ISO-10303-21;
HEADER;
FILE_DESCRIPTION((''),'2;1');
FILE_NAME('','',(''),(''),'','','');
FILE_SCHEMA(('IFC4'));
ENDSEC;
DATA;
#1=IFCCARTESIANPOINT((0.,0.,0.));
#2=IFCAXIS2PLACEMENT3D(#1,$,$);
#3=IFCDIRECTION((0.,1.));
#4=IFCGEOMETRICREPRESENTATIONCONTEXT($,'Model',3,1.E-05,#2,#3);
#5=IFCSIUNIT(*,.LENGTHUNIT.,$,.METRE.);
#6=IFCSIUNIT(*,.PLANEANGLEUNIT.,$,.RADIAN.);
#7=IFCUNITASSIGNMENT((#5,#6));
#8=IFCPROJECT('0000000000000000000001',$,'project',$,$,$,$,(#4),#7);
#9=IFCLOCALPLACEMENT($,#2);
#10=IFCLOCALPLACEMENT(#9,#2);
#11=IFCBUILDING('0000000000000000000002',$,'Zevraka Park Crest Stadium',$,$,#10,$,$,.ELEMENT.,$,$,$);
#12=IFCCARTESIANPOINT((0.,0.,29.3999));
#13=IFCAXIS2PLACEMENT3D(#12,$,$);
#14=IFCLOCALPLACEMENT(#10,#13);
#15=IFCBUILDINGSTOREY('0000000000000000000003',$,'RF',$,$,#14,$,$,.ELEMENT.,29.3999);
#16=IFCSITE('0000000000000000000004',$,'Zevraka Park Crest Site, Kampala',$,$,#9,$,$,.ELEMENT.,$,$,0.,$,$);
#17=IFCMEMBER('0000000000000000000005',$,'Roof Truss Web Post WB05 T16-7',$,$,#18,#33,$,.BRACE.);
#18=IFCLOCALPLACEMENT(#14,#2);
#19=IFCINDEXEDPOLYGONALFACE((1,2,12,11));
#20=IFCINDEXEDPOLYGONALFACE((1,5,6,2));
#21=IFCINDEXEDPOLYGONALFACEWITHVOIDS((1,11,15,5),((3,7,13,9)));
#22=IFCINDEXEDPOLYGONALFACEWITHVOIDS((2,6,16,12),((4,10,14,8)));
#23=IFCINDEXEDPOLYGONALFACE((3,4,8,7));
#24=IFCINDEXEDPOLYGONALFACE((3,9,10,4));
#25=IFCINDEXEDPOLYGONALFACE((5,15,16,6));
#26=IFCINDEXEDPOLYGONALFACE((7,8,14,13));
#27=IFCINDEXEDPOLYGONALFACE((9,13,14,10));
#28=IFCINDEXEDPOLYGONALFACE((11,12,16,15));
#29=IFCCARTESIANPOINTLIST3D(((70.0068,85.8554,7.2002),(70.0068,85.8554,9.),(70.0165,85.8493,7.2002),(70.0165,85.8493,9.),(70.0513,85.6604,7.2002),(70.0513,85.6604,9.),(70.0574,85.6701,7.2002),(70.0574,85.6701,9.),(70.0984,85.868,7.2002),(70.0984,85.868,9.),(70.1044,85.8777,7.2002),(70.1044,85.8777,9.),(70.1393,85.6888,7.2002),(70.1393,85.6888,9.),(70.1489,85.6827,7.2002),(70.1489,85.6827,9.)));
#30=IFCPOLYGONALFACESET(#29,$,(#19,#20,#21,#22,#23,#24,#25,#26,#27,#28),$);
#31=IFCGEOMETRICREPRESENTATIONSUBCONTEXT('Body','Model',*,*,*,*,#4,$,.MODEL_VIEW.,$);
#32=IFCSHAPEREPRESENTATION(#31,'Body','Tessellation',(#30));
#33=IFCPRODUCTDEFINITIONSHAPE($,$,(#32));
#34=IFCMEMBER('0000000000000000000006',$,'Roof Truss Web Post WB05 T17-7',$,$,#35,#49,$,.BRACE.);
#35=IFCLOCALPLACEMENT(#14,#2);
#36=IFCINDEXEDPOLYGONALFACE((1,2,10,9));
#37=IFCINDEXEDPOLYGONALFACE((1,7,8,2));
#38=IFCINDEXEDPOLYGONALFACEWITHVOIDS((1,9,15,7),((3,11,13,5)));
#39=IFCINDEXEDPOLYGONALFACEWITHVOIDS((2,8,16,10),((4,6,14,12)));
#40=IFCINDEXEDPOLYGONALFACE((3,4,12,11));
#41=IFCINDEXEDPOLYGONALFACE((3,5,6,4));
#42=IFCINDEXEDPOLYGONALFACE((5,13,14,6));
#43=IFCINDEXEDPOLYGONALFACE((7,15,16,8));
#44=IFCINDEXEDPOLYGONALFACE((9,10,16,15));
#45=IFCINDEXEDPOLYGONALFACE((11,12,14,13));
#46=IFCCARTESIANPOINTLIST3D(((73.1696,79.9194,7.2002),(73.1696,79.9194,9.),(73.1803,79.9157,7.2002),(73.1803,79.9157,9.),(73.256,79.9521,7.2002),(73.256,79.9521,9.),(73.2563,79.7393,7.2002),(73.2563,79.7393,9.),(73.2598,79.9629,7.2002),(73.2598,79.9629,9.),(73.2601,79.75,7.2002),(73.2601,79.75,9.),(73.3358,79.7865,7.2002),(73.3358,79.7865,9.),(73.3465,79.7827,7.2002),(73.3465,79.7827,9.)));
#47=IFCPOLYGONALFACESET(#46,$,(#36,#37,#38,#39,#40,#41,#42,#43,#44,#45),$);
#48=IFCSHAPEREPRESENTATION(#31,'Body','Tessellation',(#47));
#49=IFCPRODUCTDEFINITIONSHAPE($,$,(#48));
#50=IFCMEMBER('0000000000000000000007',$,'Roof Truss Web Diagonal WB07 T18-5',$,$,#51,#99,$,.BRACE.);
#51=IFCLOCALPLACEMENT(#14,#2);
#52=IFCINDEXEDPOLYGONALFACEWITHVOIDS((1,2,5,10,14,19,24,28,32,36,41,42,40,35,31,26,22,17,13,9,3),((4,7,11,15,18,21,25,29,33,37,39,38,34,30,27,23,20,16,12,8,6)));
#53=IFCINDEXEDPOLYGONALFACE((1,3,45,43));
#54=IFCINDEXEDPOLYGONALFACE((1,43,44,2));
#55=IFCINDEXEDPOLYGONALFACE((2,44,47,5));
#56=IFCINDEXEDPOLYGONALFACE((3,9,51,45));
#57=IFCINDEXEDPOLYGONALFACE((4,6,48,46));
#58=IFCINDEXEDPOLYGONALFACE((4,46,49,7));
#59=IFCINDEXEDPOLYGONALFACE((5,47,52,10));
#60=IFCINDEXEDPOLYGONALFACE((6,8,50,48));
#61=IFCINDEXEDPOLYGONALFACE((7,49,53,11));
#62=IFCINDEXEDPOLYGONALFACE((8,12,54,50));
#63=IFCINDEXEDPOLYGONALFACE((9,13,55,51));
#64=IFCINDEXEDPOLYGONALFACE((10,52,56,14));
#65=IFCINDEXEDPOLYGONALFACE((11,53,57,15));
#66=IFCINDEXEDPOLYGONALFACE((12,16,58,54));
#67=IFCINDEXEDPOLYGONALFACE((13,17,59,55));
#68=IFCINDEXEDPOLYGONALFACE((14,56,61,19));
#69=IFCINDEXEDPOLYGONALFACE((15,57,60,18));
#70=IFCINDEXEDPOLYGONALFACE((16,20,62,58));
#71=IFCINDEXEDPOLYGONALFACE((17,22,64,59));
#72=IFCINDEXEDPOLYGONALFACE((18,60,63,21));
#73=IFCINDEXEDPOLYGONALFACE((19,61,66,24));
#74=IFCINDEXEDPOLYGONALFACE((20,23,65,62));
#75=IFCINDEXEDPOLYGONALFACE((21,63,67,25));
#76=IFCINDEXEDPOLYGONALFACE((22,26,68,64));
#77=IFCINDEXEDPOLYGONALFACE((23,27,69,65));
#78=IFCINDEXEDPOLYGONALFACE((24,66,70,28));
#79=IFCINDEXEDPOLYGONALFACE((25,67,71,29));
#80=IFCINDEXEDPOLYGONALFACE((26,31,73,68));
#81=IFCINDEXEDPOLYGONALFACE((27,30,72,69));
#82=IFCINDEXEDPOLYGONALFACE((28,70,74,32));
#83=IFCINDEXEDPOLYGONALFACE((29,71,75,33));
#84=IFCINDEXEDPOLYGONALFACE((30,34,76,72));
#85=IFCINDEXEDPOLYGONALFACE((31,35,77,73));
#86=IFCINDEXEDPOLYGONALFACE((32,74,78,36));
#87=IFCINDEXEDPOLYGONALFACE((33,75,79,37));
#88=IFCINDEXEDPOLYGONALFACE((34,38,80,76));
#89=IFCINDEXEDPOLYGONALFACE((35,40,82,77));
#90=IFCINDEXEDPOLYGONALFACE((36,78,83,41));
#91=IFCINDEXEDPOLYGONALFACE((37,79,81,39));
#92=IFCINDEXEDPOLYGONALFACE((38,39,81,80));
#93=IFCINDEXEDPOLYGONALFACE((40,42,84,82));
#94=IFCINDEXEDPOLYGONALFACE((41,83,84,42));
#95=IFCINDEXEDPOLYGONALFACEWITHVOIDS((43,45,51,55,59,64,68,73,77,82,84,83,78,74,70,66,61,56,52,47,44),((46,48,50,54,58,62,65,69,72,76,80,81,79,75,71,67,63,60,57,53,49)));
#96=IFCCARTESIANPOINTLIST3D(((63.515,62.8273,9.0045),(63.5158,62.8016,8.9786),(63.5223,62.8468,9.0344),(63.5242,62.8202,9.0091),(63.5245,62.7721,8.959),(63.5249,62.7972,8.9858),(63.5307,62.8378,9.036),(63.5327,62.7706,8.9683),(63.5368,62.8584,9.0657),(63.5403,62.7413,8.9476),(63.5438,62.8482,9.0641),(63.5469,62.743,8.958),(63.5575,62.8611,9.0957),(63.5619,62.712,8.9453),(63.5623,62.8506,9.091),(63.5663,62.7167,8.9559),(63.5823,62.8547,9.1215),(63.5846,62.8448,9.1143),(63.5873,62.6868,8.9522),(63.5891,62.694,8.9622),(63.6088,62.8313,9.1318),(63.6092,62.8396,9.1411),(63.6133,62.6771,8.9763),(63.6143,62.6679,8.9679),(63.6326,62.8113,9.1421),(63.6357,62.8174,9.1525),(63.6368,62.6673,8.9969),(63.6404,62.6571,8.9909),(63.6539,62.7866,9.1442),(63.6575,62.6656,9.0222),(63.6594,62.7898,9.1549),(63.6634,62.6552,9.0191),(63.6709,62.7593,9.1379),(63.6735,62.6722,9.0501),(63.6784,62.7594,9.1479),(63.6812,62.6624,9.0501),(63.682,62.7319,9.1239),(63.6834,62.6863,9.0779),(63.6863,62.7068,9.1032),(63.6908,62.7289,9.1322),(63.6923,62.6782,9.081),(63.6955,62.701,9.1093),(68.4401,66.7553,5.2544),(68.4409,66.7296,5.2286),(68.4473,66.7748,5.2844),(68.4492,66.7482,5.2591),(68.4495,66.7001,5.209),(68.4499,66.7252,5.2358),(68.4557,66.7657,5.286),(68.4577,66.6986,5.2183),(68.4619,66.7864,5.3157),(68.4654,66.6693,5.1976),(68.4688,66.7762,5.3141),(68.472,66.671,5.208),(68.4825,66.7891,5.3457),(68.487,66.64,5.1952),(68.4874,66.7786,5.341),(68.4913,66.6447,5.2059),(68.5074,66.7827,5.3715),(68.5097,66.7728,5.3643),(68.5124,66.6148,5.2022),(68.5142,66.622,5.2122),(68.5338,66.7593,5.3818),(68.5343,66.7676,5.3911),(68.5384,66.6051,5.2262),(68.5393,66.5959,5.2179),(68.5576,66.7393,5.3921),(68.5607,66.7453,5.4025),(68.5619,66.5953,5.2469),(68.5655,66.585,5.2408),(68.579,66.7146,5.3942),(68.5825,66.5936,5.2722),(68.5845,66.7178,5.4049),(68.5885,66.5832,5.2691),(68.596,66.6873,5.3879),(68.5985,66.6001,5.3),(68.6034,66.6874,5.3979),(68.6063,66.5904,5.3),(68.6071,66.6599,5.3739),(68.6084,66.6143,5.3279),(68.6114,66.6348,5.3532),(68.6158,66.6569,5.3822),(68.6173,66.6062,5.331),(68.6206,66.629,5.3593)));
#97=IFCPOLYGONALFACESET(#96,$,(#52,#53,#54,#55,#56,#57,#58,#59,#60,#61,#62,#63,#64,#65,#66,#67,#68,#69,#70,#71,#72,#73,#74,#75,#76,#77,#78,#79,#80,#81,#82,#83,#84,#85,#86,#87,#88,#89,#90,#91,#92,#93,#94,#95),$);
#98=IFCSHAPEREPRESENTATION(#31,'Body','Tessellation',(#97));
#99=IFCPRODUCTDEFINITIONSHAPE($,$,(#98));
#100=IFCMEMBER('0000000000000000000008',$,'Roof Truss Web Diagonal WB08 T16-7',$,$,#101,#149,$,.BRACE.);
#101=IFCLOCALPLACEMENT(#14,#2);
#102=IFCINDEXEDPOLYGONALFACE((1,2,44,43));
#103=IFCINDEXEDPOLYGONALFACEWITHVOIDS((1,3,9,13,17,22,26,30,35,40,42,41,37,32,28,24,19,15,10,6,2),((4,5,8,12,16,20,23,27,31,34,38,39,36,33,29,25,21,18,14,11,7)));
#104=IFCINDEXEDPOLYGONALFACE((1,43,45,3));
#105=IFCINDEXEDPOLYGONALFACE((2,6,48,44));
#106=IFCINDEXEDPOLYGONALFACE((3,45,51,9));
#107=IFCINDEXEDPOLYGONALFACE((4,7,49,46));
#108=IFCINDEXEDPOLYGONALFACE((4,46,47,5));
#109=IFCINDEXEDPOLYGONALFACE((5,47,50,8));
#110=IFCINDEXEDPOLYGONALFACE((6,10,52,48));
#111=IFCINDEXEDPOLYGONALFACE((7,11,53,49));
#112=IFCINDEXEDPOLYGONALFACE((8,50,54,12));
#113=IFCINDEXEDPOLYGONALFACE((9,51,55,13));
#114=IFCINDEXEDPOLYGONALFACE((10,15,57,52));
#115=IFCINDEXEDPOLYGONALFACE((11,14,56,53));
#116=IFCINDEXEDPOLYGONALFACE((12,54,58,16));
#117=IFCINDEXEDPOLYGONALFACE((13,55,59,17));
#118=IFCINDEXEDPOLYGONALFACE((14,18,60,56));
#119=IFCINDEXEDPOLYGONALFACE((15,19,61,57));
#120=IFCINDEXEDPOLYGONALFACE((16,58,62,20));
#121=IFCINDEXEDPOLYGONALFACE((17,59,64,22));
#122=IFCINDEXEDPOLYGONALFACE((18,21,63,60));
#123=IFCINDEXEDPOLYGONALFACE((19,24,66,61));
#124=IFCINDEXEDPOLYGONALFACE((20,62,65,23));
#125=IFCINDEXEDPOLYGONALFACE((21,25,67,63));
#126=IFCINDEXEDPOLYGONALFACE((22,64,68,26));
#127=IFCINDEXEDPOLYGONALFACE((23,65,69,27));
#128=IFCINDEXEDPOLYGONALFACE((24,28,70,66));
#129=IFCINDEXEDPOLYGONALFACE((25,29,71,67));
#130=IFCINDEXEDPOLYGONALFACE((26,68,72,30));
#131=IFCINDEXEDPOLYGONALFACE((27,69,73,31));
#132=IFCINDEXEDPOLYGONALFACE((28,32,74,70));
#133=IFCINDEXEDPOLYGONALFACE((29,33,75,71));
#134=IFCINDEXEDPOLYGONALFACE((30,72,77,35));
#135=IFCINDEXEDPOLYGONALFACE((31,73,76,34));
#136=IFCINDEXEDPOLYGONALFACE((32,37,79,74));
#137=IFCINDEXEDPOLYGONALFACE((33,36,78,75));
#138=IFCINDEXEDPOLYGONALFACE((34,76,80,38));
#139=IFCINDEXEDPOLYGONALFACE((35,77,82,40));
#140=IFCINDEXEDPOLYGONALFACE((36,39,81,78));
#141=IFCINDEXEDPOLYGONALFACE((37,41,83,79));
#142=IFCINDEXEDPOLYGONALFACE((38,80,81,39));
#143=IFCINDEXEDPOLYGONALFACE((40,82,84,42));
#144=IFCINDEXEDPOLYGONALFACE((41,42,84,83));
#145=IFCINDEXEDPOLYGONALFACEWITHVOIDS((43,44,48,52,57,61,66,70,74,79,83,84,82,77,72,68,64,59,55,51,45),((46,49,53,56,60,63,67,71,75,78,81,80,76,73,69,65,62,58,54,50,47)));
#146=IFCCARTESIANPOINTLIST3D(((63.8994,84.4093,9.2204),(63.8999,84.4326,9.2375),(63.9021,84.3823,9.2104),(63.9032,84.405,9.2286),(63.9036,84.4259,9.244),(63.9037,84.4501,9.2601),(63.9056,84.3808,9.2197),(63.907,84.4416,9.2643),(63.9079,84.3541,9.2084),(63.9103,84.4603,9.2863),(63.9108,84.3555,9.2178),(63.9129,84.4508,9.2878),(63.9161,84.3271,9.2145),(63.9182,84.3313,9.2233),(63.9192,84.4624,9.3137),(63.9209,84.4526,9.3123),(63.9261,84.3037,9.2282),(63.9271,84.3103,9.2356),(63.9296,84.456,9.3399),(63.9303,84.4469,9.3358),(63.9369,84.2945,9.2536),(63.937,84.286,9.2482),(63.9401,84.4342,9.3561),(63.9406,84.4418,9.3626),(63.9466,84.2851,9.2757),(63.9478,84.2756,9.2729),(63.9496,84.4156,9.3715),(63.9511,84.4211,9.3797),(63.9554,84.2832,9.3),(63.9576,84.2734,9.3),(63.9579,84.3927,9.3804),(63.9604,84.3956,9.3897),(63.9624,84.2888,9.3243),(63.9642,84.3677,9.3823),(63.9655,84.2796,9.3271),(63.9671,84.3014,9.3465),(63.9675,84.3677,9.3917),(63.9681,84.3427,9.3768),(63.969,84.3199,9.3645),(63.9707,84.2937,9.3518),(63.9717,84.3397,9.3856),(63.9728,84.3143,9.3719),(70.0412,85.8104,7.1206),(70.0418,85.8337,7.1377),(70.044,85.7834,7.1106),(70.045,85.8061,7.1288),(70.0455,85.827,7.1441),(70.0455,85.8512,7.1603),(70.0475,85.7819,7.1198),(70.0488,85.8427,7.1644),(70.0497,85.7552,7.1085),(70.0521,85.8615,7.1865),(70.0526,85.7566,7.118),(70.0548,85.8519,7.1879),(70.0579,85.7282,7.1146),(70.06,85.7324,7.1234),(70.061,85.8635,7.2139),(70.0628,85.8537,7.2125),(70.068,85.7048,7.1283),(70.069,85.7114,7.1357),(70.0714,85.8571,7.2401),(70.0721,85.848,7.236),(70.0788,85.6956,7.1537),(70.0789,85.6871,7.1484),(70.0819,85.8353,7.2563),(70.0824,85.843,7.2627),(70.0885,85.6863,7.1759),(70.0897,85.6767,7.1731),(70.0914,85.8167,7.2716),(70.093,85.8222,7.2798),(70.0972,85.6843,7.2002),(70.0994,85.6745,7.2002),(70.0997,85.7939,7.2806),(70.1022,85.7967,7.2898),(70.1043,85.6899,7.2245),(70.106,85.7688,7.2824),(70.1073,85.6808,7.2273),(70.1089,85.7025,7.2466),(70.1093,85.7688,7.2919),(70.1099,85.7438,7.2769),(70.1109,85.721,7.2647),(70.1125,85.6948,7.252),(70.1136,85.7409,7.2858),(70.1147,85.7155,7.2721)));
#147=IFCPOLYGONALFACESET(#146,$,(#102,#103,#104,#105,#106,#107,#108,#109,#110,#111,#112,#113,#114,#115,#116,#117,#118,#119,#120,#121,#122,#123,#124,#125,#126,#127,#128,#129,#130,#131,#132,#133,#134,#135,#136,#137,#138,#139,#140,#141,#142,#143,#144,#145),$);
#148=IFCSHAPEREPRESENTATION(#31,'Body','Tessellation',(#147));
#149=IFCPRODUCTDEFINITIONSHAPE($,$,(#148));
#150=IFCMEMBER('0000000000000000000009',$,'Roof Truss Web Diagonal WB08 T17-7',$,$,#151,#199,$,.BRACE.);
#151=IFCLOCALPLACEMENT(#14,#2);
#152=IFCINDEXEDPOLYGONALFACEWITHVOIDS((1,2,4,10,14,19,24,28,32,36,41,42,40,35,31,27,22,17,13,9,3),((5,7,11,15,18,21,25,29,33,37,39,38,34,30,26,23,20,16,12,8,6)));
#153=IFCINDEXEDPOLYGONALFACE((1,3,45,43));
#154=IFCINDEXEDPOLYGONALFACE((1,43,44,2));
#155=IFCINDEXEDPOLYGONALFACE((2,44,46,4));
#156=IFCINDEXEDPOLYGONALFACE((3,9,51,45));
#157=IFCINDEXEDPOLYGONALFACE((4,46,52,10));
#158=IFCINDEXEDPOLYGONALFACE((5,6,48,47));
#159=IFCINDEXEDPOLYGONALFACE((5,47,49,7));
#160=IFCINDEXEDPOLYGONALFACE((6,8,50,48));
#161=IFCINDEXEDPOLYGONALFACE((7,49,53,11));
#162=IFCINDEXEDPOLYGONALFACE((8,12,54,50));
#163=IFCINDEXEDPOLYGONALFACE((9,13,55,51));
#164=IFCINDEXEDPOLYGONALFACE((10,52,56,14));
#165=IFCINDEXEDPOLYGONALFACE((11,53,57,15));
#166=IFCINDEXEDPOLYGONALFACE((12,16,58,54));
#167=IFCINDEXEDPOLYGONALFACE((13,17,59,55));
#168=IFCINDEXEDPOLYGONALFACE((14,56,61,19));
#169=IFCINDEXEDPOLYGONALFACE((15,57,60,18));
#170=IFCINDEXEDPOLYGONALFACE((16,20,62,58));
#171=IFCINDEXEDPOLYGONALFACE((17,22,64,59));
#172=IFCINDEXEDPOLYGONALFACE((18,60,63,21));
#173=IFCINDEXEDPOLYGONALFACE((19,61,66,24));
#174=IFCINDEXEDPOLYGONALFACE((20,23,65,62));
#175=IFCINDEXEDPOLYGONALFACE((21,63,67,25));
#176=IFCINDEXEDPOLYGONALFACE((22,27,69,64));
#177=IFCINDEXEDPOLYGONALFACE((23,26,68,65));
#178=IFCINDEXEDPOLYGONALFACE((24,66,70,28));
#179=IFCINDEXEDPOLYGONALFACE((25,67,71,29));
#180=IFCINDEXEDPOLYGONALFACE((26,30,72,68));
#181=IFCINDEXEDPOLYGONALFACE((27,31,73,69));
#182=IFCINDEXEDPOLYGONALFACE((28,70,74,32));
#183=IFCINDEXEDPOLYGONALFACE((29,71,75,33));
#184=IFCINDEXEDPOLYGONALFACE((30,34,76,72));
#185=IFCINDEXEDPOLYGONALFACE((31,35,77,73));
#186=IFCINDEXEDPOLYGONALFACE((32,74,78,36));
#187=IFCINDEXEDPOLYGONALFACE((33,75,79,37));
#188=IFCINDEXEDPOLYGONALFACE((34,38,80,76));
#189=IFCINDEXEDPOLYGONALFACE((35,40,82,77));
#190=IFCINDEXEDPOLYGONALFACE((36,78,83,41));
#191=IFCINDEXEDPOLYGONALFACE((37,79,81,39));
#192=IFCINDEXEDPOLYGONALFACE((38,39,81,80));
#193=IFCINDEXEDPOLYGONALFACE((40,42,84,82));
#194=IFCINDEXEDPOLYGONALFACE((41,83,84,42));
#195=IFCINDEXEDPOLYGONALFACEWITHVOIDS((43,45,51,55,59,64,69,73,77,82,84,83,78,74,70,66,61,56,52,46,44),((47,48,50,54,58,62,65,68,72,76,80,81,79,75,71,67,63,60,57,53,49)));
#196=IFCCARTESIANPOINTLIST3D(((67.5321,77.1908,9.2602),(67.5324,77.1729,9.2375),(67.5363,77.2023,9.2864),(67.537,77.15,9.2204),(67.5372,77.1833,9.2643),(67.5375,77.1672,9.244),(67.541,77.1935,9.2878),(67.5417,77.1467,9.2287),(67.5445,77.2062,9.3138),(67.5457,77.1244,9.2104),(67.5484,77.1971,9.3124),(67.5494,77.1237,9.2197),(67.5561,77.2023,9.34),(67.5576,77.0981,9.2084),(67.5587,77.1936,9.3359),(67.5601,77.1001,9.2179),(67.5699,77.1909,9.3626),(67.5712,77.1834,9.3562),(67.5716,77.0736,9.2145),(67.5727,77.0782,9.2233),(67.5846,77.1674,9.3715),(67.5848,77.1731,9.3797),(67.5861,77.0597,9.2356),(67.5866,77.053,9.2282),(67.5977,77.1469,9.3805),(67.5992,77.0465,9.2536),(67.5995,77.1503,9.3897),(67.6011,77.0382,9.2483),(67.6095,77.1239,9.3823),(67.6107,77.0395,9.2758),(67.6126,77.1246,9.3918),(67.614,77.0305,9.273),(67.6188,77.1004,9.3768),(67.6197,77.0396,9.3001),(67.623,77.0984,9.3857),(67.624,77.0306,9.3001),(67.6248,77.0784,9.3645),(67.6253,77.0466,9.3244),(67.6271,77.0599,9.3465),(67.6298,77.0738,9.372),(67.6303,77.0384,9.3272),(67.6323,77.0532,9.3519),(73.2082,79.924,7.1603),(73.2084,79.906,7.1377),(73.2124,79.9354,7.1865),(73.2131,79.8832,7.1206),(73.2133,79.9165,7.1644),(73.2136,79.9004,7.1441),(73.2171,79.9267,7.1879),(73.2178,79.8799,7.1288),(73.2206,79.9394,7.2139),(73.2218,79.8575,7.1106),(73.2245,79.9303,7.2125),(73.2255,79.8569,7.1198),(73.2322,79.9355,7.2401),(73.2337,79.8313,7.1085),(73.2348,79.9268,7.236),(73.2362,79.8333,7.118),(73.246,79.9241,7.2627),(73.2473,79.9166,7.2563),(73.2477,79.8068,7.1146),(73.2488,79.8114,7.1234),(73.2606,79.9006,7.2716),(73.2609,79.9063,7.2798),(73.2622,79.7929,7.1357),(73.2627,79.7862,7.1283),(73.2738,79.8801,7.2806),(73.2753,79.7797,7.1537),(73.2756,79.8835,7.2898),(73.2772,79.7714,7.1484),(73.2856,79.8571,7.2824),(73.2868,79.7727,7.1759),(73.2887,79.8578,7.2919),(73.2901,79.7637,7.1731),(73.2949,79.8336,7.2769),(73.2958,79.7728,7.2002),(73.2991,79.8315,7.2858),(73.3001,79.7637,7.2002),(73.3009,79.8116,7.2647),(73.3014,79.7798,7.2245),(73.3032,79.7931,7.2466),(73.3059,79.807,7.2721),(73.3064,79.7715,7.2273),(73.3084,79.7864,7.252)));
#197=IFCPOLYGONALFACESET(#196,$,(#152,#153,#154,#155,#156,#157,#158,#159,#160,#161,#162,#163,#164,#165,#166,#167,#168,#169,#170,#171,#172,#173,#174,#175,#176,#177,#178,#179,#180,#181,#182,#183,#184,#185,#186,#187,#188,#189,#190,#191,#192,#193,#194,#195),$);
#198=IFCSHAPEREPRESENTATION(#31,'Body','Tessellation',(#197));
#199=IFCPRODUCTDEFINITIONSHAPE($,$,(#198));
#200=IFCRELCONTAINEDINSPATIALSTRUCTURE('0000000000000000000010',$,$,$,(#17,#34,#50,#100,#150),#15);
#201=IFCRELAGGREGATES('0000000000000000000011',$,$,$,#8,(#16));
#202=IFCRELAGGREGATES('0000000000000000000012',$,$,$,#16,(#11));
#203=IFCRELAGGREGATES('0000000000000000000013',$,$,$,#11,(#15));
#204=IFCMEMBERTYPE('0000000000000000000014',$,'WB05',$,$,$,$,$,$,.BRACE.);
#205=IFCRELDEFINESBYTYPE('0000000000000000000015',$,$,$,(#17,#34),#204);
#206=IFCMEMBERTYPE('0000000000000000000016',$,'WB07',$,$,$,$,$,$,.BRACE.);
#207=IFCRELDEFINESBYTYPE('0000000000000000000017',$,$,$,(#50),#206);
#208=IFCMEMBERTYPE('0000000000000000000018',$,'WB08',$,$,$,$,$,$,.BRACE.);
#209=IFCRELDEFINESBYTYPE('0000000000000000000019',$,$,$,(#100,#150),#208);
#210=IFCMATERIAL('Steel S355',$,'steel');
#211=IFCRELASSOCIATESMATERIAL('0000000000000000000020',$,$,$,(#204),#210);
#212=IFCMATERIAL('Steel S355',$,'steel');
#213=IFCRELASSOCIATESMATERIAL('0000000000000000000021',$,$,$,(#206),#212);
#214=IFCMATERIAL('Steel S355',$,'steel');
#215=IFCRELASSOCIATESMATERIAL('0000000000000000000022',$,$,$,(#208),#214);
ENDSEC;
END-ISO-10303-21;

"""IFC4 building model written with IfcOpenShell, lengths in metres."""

from ifc_helpers import new_model, si_unit, direction, frame, origin, origin_2d, place, context, subcontext, project, spatial, hollow_rectangle, hollow_circle, extrude, material, material_profile, profile_set, type_object, element, save


model = new_model("IFC4")

# Units and contexts
model_context = context("Model", 3, precision=1e-05, world=origin(), true_north=direction((0.0, 1.0)))
body_context = subcontext(model_context, "Body", "Model", "MODEL_VIEW")
ifc_project = project(units=[si_unit("LENGTHUNIT", "METRE"), si_unit("PLANEANGLEUNIT", "RADIAN")], contexts=[model_context])

# Site, building, storey
site_placement = place(None, origin())
site = spatial("IfcSite", under=ifc_project, at=site_placement, Name="Zevraka Park Crest Site, Kampala", CompositionType="ELEMENT", RefElevation=0.0)
building_placement = place(site_placement, origin())
building = spatial("IfcBuilding", under=site, at=building_placement, Name="Zevraka Park Crest Stadium", CompositionType="ELEMENT")
storey_placement = place(building_placement, frame((0.0, 0.0, 29.3999)))
storey = spatial("IfcBuildingStorey", under=building, at=storey_placement, Name="RF", CompositionType="ELEMENT", Elevation=29.3999)

# Members
ifc_material_1 = material(Name="Steel S355", Category="steel")
ifc_material_profile_1 = material_profile(ifc_material_1, hollow_rectangle(XDim=0.1001, YDim=0.2, WallThickness=0.0081, at=origin_2d()), Name="RHS 200x100x8")
ifc_profile_set_1 = profile_set([ifc_material_profile_1], Name="Steel S355")
member_type_1 = type_object("IfcMemberType", Name="WB05", PredefinedType="BRACE", material=ifc_profile_set_1)
for number, where, z_axis, x_axis, name in (
    (1, (70.0779, 85.769, 7.2002), (0.0, 0.0, 1.0), (0.974917, 0.22257, 0.0), "Roof Truss Web Post WB05 T16-7"),
    (2, (73.2581, 79.8511, 7.2002), (0.0, 0.0, 1.0), (0.901001, 0.433816, 0.0), "Roof Truss Web Post WB05 T17-7"),
):
    element("IfcMember", number, at=place(storey_placement, frame(where, z_axis=z_axis, x_axis=x_axis)), inside=storey, type_object=member_type_1, Name=name, PredefinedType="BRACE", context=body_context, shape_type="SweptSolid", body=[
        extrude(hollow_rectangle(XDim=0.1001, YDim=0.2, WallThickness=0.0081, at=origin_2d()), origin(), (0.0, 0.0, 1.0), 1.7998),
    ])
ifc_material_2 = material(Name="Steel S355", Category="steel")
ifc_material_profile_2 = material_profile(ifc_material_2, hollow_circle(Radius=0.1223, WallThickness=0.0125, at=origin_2d()), Name="CHS 244.5x12.5")
ifc_profile_set_2 = profile_set([ifc_material_profile_2], Name="Steel S355")
member_type_2 = type_object("IfcMemberType", Name="WB07", PredefinedType="BRACE", material=ifc_profile_set_2)
member_1_placement = place(storey_placement, frame((68.53, 66.686, 5.3), z_axis=(-0.671786, -0.535784, 0.511507), x_axis=(0.623527, -0.781802, 0.0)))
element("IfcMember", 3, at=member_1_placement, inside=storey, type_object=member_type_2, Name="Roof Truss Web Diagonal WB07 T18-5", PredefinedType="BRACE", context=body_context, shape_type="SweptSolid", body=[
    extrude(hollow_circle(Radius=0.1223, WallThickness=0.0125, at=origin_2d()), origin(), (0.0, 0.0, 1.0), 7.3313),
])
ifc_material_3 = material(Name="Steel S355", Category="steel")
ifc_material_profile_3 = material_profile(ifc_material_3, hollow_circle(Radius=0.0969, WallThickness=0.01, at=origin_2d()), Name="CHS 193.7x10")
ifc_profile_set_3 = profile_set([ifc_material_profile_3], Name="Steel S355")
member_type_3 = type_object("IfcMemberType", Name="WB08", PredefinedType="BRACE", material=ifc_profile_set_3)
member_2_placement = place(storey_placement, frame((70.0779, 85.769, 7.2002), z_axis=(-0.924922, -0.211, 0.316224), x_axis=(0.222413, -0.974952, 0.0)))
element("IfcMember", 4, at=member_2_placement, inside=storey, type_object=member_type_3, Name="Roof Truss Web Diagonal WB08 T16-7", PredefinedType="BRACE", context=body_context, shape_type="SweptSolid", body=[
    extrude(hollow_circle(Radius=0.0969, WallThickness=0.01, at=origin_2d()), origin(), (0.0, 0.0, 1.0), 6.6404),
])
member_3_placement = place(storey_placement, frame((73.2581, 79.8511, 7.2002), z_axis=(-0.854753, -0.411586, 0.316217), x_axis=(0.433848, -0.900986, 0.0)))
element("IfcMember", 5, at=member_3_placement, inside=storey, type_object=member_type_3, Name="Roof Truss Web Diagonal WB08 T17-7", PredefinedType="BRACE", context=body_context, shape_type="SweptSolid", body=[
    extrude(hollow_circle(Radius=0.0969, WallThickness=0.01, at=origin_2d()), origin(), (0.0, 0.0, 1.0), 6.6406),
])

save(model, "model.ifc")
